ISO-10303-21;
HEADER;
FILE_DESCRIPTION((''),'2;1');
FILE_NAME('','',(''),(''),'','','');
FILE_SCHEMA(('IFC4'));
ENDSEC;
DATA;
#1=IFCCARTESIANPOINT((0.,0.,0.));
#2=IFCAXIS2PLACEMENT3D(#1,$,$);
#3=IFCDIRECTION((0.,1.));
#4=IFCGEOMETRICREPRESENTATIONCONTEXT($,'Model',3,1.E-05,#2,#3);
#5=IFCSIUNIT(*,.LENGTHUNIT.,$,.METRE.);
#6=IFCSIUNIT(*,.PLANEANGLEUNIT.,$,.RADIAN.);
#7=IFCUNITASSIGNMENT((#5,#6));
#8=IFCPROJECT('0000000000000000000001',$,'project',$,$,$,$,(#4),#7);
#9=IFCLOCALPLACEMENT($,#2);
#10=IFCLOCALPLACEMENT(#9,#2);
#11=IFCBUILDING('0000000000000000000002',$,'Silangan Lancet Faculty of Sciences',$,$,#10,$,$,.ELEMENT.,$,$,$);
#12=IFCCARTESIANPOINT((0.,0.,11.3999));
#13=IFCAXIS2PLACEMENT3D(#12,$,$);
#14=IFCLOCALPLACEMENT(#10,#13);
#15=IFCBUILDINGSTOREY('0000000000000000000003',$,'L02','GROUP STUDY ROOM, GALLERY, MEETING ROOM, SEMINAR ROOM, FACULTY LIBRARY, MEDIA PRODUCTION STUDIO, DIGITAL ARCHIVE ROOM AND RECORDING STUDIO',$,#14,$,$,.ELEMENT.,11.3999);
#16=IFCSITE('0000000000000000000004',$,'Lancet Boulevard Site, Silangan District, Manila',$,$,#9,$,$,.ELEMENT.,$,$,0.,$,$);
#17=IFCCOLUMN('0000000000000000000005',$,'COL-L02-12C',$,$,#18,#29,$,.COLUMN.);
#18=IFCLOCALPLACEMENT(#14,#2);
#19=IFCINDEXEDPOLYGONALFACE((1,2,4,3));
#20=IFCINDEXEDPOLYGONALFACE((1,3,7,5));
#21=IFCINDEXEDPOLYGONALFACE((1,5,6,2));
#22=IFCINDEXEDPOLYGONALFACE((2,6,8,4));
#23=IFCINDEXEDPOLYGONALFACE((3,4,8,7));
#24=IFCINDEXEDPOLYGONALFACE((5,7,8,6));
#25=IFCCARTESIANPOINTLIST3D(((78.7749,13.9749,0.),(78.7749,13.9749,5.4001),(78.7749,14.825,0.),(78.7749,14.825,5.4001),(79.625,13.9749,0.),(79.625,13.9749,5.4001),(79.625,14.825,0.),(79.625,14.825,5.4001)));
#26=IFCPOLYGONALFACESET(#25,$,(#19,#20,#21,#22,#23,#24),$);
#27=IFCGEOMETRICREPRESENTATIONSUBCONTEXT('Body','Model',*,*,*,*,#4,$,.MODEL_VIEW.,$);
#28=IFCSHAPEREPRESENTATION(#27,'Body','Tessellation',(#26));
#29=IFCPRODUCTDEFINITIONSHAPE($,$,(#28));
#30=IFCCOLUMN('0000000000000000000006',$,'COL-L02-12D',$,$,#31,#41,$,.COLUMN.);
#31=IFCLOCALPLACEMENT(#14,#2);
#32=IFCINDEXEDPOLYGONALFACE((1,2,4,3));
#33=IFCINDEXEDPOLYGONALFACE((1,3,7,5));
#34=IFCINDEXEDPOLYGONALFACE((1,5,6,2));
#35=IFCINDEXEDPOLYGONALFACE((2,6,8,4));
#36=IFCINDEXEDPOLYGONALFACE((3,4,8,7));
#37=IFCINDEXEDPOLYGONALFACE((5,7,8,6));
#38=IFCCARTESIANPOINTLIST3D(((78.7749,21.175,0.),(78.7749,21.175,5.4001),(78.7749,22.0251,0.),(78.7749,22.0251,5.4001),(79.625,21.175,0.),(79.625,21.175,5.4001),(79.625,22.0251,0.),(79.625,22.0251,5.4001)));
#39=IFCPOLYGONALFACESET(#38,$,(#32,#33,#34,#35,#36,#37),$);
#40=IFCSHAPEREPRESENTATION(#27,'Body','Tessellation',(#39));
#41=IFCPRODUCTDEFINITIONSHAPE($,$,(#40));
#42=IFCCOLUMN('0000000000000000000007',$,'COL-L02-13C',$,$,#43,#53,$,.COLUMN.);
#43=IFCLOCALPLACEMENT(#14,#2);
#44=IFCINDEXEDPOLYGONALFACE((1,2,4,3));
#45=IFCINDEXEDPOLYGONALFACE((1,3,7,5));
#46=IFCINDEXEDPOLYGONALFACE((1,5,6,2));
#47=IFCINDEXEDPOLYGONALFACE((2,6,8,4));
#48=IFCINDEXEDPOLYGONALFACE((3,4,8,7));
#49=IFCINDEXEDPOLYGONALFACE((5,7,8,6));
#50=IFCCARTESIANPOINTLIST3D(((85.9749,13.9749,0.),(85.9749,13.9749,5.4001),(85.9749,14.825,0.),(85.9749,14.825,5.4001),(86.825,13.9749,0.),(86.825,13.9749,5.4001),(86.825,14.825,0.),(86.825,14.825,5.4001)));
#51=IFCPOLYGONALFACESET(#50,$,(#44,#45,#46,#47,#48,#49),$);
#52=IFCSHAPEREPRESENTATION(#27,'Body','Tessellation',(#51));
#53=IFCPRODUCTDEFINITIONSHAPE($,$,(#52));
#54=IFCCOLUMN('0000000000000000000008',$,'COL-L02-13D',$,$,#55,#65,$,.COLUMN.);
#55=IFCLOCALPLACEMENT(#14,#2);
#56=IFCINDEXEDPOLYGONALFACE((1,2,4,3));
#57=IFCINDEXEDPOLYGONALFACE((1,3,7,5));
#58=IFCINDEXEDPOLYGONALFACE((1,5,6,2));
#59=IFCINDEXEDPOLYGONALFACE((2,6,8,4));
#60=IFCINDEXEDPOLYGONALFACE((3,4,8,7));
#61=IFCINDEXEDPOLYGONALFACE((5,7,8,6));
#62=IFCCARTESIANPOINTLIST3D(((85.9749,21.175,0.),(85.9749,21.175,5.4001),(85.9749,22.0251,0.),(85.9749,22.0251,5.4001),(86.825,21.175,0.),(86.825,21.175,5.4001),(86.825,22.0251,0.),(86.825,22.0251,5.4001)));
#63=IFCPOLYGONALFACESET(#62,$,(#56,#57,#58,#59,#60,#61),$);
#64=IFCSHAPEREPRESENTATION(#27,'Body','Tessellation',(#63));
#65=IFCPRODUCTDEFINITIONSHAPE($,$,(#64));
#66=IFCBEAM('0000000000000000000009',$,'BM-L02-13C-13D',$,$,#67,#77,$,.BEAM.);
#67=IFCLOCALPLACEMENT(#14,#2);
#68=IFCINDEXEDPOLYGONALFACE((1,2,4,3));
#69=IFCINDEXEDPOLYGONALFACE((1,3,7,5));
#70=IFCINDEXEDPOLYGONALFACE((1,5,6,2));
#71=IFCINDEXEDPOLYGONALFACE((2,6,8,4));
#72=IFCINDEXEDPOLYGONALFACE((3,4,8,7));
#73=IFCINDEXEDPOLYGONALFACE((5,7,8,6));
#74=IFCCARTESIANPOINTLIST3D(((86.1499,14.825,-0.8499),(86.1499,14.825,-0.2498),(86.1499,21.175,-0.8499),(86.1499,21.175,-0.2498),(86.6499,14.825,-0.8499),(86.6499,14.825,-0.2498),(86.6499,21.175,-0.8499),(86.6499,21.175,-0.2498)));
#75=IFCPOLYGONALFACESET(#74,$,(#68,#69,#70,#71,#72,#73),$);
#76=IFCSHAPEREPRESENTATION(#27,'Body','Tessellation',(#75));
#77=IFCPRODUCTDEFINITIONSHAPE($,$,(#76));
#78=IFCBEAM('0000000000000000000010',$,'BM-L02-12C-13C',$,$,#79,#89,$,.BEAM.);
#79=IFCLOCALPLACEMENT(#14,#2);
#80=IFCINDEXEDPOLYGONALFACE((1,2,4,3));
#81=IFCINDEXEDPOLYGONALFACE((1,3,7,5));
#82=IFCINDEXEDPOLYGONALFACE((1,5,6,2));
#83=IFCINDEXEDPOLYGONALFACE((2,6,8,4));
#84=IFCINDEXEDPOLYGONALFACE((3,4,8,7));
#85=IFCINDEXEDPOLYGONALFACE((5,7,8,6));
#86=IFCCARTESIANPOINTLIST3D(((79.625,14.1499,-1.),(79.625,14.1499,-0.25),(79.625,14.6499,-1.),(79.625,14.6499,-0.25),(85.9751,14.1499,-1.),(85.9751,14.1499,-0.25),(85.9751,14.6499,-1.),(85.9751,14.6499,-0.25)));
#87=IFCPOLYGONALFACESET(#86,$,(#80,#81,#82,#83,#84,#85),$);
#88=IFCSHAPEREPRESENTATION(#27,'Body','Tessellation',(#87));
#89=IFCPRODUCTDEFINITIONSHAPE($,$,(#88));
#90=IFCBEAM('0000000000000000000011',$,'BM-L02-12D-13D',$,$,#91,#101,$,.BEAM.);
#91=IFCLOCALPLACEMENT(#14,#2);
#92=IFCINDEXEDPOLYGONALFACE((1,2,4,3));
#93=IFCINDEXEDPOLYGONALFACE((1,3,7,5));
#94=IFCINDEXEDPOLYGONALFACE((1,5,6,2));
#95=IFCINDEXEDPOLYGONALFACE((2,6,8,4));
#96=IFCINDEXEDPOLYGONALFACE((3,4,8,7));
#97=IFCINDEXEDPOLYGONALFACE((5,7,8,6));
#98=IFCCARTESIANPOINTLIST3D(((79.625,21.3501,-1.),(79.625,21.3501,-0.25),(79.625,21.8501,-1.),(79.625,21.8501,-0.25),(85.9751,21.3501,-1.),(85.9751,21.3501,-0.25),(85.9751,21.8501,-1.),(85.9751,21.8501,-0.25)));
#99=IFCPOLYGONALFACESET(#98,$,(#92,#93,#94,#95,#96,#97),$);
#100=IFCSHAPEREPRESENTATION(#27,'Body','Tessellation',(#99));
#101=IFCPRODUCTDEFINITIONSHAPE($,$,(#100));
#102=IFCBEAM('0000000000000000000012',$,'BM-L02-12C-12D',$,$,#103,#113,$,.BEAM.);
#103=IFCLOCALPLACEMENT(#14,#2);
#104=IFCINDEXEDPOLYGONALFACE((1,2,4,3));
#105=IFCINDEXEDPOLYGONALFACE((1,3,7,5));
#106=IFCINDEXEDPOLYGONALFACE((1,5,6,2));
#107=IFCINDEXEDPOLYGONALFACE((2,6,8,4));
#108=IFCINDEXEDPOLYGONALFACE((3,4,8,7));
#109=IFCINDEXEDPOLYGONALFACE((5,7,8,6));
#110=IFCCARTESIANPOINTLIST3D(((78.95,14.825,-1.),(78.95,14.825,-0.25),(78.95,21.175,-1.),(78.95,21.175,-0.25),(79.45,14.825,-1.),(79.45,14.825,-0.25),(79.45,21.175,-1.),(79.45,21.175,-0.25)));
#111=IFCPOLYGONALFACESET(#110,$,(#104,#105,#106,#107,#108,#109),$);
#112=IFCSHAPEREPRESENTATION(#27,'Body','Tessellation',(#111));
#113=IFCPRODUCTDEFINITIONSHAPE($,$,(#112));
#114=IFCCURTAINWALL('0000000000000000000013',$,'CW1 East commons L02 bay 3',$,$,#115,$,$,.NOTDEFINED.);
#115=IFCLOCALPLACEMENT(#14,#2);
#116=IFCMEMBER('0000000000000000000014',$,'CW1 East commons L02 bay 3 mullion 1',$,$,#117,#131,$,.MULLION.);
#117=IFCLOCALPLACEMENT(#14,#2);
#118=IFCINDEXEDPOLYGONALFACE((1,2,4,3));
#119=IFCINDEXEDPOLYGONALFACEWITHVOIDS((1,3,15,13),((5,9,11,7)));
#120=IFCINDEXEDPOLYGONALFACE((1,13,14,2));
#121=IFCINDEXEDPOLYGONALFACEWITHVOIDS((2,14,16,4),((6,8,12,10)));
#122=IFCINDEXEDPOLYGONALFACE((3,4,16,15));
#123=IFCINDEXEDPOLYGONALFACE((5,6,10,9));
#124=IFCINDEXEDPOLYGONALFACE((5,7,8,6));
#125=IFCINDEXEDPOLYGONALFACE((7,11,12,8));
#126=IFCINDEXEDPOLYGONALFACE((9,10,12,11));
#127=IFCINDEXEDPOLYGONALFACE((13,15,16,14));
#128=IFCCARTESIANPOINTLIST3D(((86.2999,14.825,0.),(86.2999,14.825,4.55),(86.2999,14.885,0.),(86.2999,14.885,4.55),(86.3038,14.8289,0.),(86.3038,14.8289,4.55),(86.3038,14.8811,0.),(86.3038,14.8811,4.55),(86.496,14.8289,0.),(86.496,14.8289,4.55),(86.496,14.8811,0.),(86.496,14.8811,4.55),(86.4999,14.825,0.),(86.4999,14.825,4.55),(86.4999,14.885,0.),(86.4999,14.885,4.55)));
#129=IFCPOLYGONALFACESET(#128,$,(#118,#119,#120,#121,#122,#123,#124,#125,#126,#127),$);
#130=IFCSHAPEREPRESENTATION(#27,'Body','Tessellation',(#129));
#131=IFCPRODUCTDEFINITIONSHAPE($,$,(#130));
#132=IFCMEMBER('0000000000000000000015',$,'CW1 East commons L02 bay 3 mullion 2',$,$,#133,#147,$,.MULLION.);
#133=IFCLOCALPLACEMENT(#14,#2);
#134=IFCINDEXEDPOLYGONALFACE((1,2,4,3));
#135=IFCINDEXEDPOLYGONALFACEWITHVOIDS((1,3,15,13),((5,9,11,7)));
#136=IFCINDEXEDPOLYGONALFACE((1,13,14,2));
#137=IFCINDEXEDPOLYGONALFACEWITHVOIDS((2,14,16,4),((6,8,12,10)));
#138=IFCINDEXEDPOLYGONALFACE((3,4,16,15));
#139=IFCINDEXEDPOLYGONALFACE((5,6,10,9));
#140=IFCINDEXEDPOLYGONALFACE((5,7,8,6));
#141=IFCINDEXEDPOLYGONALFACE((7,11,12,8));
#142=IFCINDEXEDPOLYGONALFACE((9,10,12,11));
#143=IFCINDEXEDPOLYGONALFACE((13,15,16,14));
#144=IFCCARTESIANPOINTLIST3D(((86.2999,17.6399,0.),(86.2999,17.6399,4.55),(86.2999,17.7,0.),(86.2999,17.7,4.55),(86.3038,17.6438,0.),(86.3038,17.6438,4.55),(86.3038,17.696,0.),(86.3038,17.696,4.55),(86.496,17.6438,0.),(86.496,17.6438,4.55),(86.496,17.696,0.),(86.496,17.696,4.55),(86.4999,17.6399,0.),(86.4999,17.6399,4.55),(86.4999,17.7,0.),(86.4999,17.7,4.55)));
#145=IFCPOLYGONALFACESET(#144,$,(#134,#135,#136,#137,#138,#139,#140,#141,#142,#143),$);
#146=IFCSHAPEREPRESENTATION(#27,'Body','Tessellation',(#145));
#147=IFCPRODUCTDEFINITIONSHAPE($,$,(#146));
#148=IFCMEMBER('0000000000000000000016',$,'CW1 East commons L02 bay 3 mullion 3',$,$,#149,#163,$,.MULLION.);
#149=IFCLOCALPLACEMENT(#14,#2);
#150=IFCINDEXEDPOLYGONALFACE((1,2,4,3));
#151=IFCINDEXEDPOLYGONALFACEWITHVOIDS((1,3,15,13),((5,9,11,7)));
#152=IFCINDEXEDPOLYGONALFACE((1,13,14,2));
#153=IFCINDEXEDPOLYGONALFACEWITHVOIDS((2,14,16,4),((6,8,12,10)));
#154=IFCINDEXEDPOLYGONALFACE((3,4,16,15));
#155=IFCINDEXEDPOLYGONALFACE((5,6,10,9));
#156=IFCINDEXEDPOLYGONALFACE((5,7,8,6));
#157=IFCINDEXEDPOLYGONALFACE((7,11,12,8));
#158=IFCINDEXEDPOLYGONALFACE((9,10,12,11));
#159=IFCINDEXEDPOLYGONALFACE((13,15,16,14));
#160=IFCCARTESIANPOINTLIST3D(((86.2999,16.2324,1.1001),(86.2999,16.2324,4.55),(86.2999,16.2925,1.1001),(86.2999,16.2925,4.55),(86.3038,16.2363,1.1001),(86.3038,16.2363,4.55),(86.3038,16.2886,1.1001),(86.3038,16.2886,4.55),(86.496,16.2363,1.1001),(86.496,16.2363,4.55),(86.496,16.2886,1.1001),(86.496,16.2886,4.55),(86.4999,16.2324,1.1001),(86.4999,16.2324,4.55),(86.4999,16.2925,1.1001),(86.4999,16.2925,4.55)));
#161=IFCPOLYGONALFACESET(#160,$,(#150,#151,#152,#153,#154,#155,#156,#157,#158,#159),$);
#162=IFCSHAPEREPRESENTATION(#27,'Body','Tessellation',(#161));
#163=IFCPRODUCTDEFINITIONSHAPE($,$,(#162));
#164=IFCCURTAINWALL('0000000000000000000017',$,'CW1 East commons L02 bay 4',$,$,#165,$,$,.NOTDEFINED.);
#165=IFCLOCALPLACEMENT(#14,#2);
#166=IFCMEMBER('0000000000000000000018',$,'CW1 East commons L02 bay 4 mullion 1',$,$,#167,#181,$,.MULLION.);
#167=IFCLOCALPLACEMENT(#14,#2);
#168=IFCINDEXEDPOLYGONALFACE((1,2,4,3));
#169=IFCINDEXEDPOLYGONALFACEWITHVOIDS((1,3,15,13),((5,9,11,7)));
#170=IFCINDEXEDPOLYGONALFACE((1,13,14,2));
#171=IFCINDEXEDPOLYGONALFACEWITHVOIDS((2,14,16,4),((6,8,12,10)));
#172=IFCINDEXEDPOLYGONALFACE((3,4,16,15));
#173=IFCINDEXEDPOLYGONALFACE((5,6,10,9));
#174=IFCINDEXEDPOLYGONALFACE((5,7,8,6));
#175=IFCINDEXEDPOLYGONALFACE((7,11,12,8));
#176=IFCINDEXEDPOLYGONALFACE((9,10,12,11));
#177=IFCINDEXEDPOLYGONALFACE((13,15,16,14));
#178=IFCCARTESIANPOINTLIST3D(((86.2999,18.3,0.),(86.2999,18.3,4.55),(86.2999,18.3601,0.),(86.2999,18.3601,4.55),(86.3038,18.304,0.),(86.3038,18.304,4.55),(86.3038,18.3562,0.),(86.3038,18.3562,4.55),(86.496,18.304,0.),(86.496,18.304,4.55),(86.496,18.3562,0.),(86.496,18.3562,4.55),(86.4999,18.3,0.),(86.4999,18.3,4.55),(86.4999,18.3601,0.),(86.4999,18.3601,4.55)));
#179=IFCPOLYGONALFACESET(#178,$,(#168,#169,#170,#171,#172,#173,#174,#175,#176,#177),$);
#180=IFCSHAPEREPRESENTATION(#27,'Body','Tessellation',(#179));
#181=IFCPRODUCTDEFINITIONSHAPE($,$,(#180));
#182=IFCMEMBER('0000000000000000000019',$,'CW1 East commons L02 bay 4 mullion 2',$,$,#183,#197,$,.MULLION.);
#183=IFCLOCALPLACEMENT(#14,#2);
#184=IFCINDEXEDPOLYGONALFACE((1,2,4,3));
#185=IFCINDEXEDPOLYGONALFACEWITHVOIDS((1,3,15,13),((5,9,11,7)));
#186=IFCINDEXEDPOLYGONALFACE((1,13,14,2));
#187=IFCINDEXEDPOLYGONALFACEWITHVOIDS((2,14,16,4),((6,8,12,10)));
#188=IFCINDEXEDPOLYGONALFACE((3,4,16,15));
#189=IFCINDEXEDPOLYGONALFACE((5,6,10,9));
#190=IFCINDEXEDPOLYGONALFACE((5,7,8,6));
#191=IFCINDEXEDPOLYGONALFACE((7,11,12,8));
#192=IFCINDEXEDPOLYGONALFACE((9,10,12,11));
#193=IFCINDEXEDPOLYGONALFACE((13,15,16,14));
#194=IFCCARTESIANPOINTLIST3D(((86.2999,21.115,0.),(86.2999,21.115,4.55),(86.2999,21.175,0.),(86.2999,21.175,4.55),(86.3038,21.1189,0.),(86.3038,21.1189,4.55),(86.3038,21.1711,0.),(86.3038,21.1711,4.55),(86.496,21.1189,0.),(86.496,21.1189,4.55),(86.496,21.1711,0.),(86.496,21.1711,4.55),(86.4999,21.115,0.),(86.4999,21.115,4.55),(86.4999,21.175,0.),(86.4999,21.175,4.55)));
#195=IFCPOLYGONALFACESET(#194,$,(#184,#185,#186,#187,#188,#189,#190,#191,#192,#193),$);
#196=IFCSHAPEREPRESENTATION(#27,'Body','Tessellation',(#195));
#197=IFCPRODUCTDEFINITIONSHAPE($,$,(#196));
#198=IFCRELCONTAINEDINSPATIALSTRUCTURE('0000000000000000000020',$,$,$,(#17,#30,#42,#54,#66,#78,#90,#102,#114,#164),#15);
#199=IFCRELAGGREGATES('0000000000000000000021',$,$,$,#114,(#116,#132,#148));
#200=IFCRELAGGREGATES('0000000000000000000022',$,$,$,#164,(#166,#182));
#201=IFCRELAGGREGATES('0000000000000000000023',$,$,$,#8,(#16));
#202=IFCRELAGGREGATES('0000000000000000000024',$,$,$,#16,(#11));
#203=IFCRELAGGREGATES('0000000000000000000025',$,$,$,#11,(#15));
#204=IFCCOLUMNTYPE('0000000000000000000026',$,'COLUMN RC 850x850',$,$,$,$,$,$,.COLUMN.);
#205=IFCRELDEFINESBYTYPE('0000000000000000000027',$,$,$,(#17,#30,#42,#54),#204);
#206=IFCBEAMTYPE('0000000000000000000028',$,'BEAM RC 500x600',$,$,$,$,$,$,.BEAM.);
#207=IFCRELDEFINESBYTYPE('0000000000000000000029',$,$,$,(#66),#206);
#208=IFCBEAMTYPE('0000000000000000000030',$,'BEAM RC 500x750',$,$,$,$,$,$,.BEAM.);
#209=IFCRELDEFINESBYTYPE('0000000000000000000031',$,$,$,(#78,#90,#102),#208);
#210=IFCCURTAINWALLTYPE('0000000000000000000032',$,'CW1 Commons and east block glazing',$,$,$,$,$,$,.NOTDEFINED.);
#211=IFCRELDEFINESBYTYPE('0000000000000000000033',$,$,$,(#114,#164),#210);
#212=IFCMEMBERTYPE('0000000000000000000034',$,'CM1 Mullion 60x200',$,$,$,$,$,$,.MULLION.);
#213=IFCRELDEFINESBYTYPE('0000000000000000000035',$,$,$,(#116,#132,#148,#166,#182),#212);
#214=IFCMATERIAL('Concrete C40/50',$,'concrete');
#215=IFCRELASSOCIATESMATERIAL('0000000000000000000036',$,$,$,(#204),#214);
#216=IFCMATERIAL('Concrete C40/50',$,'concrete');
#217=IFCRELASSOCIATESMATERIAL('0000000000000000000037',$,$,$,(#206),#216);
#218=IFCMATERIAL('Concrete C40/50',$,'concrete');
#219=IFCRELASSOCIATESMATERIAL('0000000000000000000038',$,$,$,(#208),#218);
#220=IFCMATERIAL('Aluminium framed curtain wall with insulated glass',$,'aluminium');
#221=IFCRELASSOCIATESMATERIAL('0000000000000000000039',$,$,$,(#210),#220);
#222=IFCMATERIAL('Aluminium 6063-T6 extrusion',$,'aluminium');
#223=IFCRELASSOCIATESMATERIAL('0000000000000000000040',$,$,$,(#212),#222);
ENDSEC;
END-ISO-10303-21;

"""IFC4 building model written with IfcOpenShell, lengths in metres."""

from ifc_helpers import new_model, si_unit, direction, frame, origin, origin_2d, place, context, subcontext, project, spatial, rectangle, hollow_rectangle, extrude, material, material_profile, profile_set, type_object, element, aggregate, save


model = new_model("IFC4")

# Units and contexts
model_context = context("Model", 3, precision=1e-05, world=origin(), true_north=direction((0.0, 1.0)))
body_context = subcontext(model_context, "Body", "Model", "MODEL_VIEW")
ifc_project = project(units=[si_unit("LENGTHUNIT", "METRE"), si_unit("PLANEANGLEUNIT", "RADIAN")], contexts=[model_context])

# Site, building, storey
site_placement = place(None, origin())
site = spatial("IfcSite", under=ifc_project, at=site_placement, Name="Lancet Boulevard Site, Silangan District, Manila", CompositionType="ELEMENT", RefElevation=0.0)
building_placement = place(site_placement, origin())
building = spatial("IfcBuilding", under=site, at=building_placement, Name="Silangan Lancet Faculty of Sciences", CompositionType="ELEMENT")
storey_placement = place(building_placement, frame((0.0, 0.0, 11.3999)))
storey = spatial("IfcBuildingStorey", under=building, at=storey_placement, Name="L02", Description="GROUP STUDY ROOM, GALLERY, MEETING ROOM, SEMINAR ROOM, FACULTY LIBRARY, MEDIA PRODUCTION STUDIO, DIGITAL ARCHIVE ROOM AND RECORDING STUDIO", CompositionType="ELEMENT", Elevation=11.3999)

# Columns
ifc_material_1 = material(Name="Concrete C40/50", Category="concrete")
ifc_material_profile_1 = material_profile(ifc_material_1, rectangle(XDim=0.8501, YDim=0.8501, at=origin_2d()), Name="RC 850x850")
ifc_profile_set_1 = profile_set([ifc_material_profile_1], Name="Concrete C40/50")
column_type = type_object("IfcColumnType", Name="COLUMN RC 850x850", PredefinedType="COLUMN", material=ifc_profile_set_1)
for number, where, z_axis, x_axis, name in (
    (1, (79.2, 14.3999, 0.0), (0.0, 0.0, 1.0), (1.0, 0.0, 0.0), "COL-L02-12C"),
    (2, (79.2, 21.6001, 0.0), (0.0, 0.0, 1.0), (1.0, 0.0, 0.0), "COL-L02-12D"),
    (3, (86.3999, 14.3999, 0.0), (0.0, 0.0, 1.0), (1.0, 0.0, 0.0), "COL-L02-13C"),
    (4, (86.3999, 21.6001, 0.0), (0.0, 0.0, 1.0), (1.0, 0.0, 0.0), "COL-L02-13D"),
):
    element("IfcColumn", number, at=place(storey_placement, frame(where, z_axis=z_axis, x_axis=x_axis)), inside=storey, type_object=column_type, Name=name, PredefinedType="COLUMN", context=body_context, shape_type="SweptSolid", body=[
        extrude(rectangle(XDim=0.8501, YDim=0.8501, at=origin_2d()), origin(), (0.0, 0.0, 1.0), 5.4001),
    ])

# Beams
ifc_material_2 = material(Name="Concrete C40/50", Category="concrete")
ifc_material_profile_2 = material_profile(ifc_material_2, rectangle(XDim=0.5, YDim=0.6001, at=origin_2d()), Name="RC 500x600")
ifc_profile_set_2 = profile_set([ifc_material_profile_2], Name="Concrete C40/50")
beam_type_1 = type_object("IfcBeamType", Name="BEAM RC 500x600", PredefinedType="BEAM", material=ifc_profile_set_2)
beam_placement = place(storey_placement, frame((86.3999, 14.825, -0.5498), z_axis=(0.0, 1.0, 0.0), x_axis=(-1.0, 0.0, 0.0)))
element("IfcBeam", 5, at=beam_placement, inside=storey, type_object=beam_type_1, Name="BM-L02-13C-13D", PredefinedType="BEAM", context=body_context, shape_type="SweptSolid", body=[
    extrude(rectangle(XDim=0.5, YDim=0.6001, at=origin_2d()), origin(), (0.0, 0.0, 1.0), 6.3501),
])
ifc_material_3 = material(Name="Concrete C40/50", Category="concrete")
ifc_material_profile_3 = material_profile(ifc_material_3, rectangle(XDim=0.5, YDim=0.75, at=origin_2d()), Name="RC 500x750")
ifc_profile_set_3 = profile_set([ifc_material_profile_3], Name="Concrete C40/50")
beam_type_2 = type_object("IfcBeamType", Name="BEAM RC 500x750", PredefinedType="BEAM", material=ifc_profile_set_3)
for number, where, z_axis, x_axis, name in (
    (6, (79.625, 14.3999, -0.625), (1.0, 0.0, 0.0), (0.0, 1.0, 0.0), "BM-L02-12C-13C"),
    (7, (79.625, 21.6001, -0.625), (1.0, 0.0, 0.0), (0.0, 1.0, 0.0), "BM-L02-12D-13D"),
    (8, (79.2, 14.825, -0.625), (0.0, 1.0, 0.0), (-1.0, 0.0, 0.0), "BM-L02-12C-12D"),
):
    element("IfcBeam", number, at=place(storey_placement, frame(where, z_axis=z_axis, x_axis=x_axis)), inside=storey, type_object=beam_type_2, Name=name, PredefinedType="BEAM", context=body_context, shape_type="SweptSolid", body=[
        extrude(rectangle(XDim=0.5, YDim=0.75, at=origin_2d()), origin(), (0.0, 0.0, 1.0), 6.3501),
    ])

# Curtain walls, members
ifc_material_4 = material(Name="Aluminium framed curtain wall with insulated glass", Category="aluminium")
curtain_wall_type = type_object("IfcCurtainWallType", Name="CW1 Commons and east block glazing", PredefinedType="NOTDEFINED", material=ifc_material_4)
curtain_wall_1_placement = place(storey_placement, origin())
curtain_wall_1 = element("IfcCurtainWall", 9, at=curtain_wall_1_placement, inside=storey, type_object=curtain_wall_type, Name="CW1 East commons L02 bay 3", PredefinedType="NOTDEFINED")
ifc_material_5 = material(Name="Aluminium 6063-T6 extrusion", Category="aluminium")
ifc_material_profile_4 = material_profile(ifc_material_5, hollow_rectangle(XDim=0.0601, YDim=0.2, WallThickness=0.0039, at=origin_2d()), Name="AL BOX 60x200x4")
ifc_profile_set_4 = profile_set([ifc_material_profile_4], Name="Aluminium 6063-T6 extrusion")
member_type_1 = type_object("IfcMemberType", Name="CM1 Mullion 60x200", PredefinedType="MULLION", material=ifc_profile_set_4)
member_1_placement = place(storey_placement, frame((86.3999, 14.855, 0.0), z_axis=(0.0, 0.0, 1.0), x_axis=(0.0, 1.0, 0.0)))
member_1 = element("IfcMember", 10, at=member_1_placement, type_object=member_type_1, Name="CW1 East commons L02 bay 3 mullion 1", PredefinedType="MULLION", context=body_context, shape_type="SweptSolid", body=[
    extrude(hollow_rectangle(XDim=0.0601, YDim=0.2, WallThickness=0.0039, at=origin_2d()), origin(), (0.0, 0.0, 1.0), 4.55),
])
member_2_placement = place(storey_placement, frame((86.3999, 17.6699, 0.0), z_axis=(0.0, 0.0, 1.0), x_axis=(0.0, 1.0, 0.0)))
member_2 = element("IfcMember", 11, at=member_2_placement, type_object=member_type_1, Name="CW1 East commons L02 bay 3 mullion 2", PredefinedType="MULLION", context=body_context, shape_type="SweptSolid", body=[
    extrude(hollow_rectangle(XDim=0.0601, YDim=0.2, WallThickness=0.0039, at=origin_2d()), origin(), (0.0, 0.0, 1.0), 4.55),
])
member_3_placement = place(storey_placement, frame((86.3999, 16.2625, 1.1001), z_axis=(0.0, 0.0, 1.0), x_axis=(0.0, 1.0, 0.0)))
member_3 = element("IfcMember", 12, at=member_3_placement, type_object=member_type_1, Name="CW1 East commons L02 bay 3 mullion 3", PredefinedType="MULLION", context=body_context, shape_type="SweptSolid", body=[
    extrude(hollow_rectangle(XDim=0.0601, YDim=0.2, WallThickness=0.0039, at=origin_2d()), origin(), (0.0, 0.0, 1.0), 3.45),
])
curtain_wall_2_placement = place(storey_placement, origin())
curtain_wall_2 = element("IfcCurtainWall", 13, at=curtain_wall_2_placement, inside=storey, type_object=curtain_wall_type, Name="CW1 East commons L02 bay 4", PredefinedType="NOTDEFINED")
member_4_placement = place(storey_placement, frame((86.3999, 18.3301, 0.0), z_axis=(0.0, 0.0, 1.0), x_axis=(0.0, 1.0, 0.0)))
member_4 = element("IfcMember", 14, at=member_4_placement, type_object=member_type_1, Name="CW1 East commons L02 bay 4 mullion 1", PredefinedType="MULLION", context=body_context, shape_type="SweptSolid", body=[
    extrude(hollow_rectangle(XDim=0.0601, YDim=0.2, WallThickness=0.0039, at=origin_2d()), origin(), (0.0, 0.0, 1.0), 4.55),
])
member_5_placement = place(storey_placement, frame((86.3999, 21.145, 0.0), z_axis=(0.0, 0.0, 1.0), x_axis=(0.0, 1.0, 0.0)))
member_5 = element("IfcMember", 15, at=member_5_placement, type_object=member_type_1, Name="CW1 East commons L02 bay 4 mullion 2", PredefinedType="MULLION", context=body_context, shape_type="SweptSolid", body=[
    extrude(hollow_rectangle(XDim=0.0601, YDim=0.2, WallThickness=0.0039, at=origin_2d()), origin(), (0.0, 0.0, 1.0), 4.55),
])

aggregate(curtain_wall_1, [member_1, member_2, member_3])
aggregate(curtain_wall_2, [member_4, member_5])

save(model, "model.ifc")
